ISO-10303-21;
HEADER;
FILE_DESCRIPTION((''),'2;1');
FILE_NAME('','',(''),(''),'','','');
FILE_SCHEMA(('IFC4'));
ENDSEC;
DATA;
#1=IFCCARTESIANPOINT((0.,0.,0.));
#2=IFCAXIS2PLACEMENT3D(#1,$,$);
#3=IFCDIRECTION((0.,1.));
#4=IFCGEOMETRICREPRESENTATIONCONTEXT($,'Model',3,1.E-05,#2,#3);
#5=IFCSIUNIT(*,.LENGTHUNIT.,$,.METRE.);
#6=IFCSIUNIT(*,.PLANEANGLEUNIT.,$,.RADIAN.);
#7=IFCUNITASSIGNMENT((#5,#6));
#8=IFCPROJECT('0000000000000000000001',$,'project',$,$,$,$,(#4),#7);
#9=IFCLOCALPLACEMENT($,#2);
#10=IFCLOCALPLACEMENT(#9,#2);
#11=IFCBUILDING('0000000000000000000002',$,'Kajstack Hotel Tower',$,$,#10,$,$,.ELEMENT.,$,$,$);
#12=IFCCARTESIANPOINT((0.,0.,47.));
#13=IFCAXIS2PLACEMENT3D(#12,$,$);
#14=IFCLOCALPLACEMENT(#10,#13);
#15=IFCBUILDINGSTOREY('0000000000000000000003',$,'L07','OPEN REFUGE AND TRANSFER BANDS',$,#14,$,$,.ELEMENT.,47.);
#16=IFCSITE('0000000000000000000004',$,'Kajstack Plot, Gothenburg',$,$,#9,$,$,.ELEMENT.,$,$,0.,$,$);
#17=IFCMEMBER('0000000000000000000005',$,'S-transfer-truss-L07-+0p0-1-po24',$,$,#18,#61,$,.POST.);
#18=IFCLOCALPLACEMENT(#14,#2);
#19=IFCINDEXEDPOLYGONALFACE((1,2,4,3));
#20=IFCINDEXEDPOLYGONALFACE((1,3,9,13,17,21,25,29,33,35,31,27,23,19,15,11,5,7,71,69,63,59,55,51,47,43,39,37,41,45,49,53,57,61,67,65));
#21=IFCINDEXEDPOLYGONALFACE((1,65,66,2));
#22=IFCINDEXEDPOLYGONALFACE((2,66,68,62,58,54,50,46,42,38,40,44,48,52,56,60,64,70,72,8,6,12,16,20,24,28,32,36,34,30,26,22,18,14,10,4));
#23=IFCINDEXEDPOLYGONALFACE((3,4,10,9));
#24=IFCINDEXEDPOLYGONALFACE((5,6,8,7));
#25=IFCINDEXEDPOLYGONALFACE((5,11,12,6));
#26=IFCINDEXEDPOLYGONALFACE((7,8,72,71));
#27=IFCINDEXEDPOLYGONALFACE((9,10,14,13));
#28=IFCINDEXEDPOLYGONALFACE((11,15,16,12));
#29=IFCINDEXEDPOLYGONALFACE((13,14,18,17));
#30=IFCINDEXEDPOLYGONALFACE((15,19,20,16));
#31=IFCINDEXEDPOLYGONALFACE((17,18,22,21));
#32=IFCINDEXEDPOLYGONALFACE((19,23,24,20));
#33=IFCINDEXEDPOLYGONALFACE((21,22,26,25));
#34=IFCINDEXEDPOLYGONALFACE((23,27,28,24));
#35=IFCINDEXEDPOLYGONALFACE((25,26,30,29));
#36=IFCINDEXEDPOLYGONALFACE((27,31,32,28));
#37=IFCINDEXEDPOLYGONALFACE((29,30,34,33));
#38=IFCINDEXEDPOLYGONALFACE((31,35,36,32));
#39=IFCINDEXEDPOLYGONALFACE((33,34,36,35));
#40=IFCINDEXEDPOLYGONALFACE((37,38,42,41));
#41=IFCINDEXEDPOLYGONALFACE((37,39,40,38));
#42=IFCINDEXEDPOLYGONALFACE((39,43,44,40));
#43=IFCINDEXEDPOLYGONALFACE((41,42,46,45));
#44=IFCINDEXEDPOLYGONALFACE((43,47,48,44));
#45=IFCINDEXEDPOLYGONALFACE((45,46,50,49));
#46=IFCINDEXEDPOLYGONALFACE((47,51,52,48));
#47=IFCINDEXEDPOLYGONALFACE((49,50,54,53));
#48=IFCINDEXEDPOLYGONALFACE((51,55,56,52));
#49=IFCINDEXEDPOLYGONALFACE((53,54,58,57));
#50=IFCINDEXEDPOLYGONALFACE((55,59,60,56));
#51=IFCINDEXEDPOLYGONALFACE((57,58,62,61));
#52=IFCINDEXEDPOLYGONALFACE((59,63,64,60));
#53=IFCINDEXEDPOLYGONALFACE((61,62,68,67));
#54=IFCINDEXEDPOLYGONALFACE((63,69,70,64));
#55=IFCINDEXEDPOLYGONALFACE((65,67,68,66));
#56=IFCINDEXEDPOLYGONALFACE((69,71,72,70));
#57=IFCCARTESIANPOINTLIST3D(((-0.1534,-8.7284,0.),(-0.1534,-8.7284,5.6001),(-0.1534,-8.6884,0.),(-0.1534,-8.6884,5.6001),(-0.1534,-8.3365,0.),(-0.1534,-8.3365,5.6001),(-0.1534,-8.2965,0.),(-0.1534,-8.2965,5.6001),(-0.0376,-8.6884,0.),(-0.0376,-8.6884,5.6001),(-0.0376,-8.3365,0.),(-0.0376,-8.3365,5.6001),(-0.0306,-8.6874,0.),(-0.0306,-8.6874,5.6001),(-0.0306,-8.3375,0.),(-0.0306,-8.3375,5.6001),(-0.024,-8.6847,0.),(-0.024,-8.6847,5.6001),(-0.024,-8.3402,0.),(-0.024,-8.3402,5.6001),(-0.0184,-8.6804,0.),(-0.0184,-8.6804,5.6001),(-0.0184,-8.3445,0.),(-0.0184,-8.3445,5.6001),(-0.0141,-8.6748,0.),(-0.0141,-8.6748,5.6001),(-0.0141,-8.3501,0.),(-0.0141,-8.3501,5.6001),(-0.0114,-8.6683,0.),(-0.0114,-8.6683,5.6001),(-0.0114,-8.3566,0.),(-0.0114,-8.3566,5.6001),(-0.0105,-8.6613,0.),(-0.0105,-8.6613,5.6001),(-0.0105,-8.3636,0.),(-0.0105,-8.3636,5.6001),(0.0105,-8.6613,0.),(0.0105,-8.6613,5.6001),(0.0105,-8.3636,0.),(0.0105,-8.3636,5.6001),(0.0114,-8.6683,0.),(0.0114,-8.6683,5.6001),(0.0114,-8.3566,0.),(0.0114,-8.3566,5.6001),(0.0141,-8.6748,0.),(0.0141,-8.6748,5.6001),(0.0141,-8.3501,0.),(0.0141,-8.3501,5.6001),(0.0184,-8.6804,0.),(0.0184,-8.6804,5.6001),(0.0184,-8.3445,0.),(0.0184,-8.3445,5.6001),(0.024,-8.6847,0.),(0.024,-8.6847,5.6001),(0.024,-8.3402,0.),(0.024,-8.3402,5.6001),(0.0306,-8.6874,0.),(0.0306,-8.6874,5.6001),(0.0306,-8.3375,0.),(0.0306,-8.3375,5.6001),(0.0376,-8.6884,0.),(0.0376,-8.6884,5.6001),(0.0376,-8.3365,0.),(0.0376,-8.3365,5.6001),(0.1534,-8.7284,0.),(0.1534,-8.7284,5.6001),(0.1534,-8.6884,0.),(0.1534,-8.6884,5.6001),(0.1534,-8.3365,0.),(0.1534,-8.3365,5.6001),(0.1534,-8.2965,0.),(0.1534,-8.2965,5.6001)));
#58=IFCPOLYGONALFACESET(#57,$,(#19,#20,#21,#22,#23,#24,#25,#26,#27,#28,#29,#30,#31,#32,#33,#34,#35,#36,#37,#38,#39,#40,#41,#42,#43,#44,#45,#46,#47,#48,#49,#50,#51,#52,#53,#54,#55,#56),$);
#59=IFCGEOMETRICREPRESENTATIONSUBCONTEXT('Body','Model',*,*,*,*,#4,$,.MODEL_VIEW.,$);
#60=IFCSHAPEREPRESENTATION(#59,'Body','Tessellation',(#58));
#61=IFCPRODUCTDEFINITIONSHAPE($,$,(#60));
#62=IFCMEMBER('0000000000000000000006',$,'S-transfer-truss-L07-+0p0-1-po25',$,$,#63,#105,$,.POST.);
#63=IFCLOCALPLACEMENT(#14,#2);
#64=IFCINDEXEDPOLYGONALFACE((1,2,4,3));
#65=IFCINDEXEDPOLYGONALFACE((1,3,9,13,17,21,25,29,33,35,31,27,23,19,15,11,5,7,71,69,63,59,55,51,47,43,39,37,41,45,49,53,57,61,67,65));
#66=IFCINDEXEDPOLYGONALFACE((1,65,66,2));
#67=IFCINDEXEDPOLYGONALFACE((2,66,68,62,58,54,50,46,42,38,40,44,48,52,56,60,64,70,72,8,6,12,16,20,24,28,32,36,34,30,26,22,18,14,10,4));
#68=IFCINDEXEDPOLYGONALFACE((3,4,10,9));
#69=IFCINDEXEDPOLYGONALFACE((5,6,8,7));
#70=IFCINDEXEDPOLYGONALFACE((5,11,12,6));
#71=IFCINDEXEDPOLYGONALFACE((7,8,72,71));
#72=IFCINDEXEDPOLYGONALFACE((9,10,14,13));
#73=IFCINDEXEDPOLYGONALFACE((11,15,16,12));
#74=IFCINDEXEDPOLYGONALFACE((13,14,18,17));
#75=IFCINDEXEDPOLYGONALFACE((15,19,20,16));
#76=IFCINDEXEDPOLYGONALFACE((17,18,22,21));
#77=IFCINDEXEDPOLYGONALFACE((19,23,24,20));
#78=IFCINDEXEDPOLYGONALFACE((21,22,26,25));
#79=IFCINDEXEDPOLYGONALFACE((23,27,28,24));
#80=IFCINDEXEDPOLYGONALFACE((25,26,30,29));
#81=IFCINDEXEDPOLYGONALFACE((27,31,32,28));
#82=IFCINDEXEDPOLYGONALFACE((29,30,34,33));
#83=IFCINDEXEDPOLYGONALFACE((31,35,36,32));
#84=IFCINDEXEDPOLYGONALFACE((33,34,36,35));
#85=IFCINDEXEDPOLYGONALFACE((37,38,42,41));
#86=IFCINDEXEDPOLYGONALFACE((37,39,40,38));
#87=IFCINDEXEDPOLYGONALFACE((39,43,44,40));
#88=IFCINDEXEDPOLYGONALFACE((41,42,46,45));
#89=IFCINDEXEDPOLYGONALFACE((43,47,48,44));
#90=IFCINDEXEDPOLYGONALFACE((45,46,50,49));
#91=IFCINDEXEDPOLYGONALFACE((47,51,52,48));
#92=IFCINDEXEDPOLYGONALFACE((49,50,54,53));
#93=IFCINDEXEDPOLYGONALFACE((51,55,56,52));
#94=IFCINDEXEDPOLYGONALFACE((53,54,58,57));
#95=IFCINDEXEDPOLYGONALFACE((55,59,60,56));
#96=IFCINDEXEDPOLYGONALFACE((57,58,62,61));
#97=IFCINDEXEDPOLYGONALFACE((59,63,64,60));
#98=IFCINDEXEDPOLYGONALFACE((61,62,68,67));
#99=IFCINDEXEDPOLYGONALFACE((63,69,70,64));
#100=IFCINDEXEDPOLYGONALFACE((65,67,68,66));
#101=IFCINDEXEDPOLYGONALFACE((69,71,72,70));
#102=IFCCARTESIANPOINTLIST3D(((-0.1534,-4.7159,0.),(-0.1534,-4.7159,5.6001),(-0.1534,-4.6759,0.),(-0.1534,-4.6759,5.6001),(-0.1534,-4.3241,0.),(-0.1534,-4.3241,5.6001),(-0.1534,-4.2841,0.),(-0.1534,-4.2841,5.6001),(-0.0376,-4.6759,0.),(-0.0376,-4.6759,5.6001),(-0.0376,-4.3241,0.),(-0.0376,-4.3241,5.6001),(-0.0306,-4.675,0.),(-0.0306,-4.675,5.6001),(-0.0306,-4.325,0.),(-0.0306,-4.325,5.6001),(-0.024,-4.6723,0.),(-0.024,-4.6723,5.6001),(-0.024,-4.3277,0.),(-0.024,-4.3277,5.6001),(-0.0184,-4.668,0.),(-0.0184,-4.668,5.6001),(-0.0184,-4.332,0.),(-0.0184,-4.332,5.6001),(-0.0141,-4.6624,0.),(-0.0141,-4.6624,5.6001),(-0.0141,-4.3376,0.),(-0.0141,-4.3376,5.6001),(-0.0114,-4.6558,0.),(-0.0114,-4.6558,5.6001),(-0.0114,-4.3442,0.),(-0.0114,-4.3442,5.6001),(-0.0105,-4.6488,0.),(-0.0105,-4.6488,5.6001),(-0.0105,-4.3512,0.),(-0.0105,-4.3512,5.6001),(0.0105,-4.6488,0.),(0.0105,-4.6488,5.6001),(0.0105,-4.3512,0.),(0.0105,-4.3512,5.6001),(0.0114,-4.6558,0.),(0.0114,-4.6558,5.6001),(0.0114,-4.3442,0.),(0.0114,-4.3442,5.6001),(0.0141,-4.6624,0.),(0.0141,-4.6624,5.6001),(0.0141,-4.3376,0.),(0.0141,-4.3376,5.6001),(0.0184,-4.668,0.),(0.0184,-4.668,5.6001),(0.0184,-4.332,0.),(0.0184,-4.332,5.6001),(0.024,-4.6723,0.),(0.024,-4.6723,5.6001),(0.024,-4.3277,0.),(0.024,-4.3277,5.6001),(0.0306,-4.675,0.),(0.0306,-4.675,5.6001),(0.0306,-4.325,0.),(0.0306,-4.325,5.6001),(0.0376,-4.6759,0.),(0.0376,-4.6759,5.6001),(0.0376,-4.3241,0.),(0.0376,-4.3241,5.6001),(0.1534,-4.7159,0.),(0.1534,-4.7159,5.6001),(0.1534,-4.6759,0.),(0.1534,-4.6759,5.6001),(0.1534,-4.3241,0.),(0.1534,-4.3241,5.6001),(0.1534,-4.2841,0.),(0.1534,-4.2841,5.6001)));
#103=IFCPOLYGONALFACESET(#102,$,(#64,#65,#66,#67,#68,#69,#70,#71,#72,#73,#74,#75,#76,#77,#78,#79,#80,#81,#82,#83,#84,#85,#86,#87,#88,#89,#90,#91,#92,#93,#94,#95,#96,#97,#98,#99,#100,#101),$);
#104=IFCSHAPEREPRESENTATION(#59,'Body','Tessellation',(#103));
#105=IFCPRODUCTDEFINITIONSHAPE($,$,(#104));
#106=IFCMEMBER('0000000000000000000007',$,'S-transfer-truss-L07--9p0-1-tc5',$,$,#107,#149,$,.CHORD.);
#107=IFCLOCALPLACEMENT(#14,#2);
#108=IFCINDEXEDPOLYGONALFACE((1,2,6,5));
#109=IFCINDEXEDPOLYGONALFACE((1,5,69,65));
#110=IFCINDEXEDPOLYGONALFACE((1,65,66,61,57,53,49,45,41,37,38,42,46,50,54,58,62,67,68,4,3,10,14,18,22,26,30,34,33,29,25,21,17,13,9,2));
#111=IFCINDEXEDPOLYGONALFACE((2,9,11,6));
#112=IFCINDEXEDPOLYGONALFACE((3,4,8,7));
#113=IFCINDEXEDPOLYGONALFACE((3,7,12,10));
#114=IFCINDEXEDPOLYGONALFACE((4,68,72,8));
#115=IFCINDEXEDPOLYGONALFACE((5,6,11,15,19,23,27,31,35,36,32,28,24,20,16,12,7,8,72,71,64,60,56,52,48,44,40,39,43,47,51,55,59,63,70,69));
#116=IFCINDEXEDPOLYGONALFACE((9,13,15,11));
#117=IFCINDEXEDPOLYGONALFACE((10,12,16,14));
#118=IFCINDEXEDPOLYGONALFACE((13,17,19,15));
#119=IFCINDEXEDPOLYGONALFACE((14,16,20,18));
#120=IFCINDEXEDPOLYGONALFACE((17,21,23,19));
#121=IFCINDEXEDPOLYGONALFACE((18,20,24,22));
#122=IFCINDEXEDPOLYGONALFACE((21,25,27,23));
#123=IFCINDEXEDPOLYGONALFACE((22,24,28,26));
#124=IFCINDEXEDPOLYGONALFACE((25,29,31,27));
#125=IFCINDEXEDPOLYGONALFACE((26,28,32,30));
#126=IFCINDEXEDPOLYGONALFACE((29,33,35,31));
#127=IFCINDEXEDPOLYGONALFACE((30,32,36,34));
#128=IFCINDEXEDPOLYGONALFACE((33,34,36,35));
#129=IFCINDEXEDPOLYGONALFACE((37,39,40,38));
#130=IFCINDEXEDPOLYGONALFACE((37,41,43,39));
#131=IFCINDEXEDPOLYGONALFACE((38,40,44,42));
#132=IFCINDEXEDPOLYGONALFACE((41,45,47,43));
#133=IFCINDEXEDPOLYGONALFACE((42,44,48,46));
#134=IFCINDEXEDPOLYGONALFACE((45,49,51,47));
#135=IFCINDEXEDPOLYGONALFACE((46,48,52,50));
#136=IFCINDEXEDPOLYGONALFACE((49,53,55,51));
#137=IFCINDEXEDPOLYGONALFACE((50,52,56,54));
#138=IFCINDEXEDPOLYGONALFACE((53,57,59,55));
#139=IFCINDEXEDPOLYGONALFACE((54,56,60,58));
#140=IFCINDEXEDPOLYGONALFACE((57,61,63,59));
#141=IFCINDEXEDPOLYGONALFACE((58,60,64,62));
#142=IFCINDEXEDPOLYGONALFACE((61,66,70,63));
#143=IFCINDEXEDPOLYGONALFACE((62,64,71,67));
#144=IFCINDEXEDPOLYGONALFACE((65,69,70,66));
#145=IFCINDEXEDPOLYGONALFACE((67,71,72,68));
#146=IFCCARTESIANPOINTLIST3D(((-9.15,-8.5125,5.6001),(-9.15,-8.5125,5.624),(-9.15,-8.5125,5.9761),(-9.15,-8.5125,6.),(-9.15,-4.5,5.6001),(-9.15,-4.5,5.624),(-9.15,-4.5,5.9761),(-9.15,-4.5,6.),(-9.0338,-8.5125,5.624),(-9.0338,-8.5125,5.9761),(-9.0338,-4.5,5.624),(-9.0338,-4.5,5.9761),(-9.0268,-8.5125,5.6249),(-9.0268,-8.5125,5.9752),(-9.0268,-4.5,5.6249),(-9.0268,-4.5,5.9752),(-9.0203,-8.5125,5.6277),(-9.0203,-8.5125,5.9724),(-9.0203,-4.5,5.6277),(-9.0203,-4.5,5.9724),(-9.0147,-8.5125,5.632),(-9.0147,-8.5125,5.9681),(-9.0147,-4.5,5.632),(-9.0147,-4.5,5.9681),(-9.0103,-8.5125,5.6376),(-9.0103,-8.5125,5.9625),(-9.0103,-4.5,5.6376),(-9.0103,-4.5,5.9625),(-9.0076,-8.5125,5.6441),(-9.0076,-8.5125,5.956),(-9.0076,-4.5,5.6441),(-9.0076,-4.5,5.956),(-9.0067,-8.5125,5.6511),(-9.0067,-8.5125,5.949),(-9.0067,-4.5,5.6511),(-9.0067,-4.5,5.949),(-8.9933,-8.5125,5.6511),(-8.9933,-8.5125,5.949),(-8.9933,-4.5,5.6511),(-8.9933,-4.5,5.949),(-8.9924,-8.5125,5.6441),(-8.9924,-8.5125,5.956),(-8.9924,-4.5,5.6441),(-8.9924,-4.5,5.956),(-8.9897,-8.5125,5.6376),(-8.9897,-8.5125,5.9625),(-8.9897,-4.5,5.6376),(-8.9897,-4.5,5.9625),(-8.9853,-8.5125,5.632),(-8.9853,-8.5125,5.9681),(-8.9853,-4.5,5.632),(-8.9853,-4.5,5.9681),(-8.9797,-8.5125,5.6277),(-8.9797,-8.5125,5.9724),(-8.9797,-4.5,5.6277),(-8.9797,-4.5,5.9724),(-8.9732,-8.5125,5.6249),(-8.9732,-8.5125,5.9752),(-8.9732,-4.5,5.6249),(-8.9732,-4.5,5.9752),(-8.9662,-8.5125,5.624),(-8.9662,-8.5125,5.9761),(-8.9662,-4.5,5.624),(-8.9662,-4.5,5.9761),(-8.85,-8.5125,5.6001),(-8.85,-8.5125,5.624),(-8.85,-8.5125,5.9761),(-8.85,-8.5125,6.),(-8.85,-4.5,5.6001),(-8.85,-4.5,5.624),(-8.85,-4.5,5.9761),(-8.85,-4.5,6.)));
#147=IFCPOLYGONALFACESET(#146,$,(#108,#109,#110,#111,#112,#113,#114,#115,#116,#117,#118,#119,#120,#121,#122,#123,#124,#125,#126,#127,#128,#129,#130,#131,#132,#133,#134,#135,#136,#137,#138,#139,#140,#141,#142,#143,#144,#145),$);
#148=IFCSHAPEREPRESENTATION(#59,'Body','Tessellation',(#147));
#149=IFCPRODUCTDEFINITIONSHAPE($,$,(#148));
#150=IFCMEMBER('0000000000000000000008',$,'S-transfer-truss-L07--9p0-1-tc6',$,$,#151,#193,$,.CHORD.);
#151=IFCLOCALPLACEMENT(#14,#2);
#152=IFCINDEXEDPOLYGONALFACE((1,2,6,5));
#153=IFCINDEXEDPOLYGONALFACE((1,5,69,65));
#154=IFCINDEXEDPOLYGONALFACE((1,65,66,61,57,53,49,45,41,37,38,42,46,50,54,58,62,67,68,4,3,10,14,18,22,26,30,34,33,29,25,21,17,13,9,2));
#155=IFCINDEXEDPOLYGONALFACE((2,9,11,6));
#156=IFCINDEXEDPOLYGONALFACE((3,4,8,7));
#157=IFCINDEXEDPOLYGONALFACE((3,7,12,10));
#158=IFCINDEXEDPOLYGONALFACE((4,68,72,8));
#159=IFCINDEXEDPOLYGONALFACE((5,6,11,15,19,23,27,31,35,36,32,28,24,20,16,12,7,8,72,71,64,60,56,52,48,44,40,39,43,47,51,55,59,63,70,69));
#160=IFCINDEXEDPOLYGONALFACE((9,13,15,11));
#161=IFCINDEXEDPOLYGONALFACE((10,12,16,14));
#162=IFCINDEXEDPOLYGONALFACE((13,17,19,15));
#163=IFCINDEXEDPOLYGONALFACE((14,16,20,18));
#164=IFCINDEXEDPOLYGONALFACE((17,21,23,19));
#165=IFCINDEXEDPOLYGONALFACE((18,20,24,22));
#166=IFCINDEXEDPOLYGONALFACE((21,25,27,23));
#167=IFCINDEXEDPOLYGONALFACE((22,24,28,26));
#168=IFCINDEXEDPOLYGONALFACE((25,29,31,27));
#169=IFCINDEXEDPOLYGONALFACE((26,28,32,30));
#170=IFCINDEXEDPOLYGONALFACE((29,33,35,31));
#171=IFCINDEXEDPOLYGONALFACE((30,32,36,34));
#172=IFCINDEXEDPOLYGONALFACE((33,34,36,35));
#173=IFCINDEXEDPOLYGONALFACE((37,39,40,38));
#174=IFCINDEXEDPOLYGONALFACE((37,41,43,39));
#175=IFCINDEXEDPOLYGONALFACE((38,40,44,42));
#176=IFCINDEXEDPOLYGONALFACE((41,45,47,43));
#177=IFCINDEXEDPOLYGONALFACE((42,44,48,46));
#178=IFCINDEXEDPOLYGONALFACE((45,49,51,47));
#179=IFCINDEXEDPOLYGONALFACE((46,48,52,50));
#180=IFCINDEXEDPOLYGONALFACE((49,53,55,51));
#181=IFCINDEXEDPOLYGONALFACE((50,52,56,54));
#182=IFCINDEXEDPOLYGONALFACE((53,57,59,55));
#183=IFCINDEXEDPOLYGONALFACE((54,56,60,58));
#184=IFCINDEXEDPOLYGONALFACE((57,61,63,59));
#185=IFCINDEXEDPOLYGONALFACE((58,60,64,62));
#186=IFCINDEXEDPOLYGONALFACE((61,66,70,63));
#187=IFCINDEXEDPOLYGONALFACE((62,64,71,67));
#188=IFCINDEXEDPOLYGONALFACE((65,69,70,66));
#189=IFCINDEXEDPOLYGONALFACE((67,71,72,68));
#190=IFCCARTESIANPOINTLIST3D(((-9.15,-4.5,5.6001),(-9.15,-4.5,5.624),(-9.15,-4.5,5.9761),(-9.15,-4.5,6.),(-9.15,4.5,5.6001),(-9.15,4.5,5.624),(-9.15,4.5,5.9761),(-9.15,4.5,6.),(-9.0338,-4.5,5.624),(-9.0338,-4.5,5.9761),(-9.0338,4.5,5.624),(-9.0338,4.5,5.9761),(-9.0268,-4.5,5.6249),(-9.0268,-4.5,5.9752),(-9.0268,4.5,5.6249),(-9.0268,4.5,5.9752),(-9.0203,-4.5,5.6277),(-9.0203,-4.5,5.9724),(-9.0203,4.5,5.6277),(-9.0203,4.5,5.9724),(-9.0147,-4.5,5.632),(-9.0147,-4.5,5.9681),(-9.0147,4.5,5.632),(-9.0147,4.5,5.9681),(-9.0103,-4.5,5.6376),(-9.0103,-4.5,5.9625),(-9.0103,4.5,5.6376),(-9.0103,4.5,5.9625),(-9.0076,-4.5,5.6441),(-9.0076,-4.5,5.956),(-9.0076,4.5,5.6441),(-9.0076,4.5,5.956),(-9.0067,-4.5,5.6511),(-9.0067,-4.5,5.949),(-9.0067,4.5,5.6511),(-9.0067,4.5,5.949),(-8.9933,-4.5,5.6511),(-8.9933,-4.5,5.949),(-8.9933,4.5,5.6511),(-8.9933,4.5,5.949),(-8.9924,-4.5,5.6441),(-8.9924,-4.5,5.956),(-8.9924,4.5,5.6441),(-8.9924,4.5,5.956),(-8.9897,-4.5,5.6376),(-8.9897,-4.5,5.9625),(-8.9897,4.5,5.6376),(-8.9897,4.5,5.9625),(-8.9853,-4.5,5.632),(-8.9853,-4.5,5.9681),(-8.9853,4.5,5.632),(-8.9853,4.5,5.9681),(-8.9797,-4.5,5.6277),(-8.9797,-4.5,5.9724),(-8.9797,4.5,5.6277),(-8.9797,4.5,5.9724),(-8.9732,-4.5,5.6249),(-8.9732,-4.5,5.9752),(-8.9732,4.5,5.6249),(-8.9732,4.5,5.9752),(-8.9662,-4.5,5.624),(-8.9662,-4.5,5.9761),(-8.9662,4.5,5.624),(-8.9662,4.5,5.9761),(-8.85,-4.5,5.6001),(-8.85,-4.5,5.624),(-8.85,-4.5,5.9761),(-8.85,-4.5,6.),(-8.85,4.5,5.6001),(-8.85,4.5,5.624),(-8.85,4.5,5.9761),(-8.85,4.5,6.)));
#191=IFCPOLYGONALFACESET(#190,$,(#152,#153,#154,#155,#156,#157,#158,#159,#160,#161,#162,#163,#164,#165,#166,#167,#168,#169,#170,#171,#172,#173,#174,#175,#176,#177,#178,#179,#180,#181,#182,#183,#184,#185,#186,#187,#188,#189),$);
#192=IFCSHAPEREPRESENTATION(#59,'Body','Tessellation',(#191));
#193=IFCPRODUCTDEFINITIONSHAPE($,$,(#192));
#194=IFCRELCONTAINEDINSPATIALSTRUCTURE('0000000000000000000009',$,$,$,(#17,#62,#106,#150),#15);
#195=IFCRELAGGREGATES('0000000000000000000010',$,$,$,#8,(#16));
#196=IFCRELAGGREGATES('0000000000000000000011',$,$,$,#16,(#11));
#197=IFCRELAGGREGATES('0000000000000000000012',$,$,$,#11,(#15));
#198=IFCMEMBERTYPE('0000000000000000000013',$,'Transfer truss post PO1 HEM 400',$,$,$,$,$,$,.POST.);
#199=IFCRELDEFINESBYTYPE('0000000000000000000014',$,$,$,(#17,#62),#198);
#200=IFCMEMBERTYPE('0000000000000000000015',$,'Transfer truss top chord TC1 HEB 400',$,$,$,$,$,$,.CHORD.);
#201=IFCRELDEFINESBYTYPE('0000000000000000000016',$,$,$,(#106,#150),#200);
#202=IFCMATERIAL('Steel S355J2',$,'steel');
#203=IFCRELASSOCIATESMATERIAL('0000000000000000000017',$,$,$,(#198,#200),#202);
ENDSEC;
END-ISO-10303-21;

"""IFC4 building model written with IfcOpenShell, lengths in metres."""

from ifc_helpers import new_model, si_unit, direction, frame, origin, origin_2d, place, context, subcontext, project, spatial, i_section, extrude, material, material_profile, profile_set, type_object, element, save


model = new_model("IFC4")

# Units and contexts
model_context = context("Model", 3, precision=1e-05, world=origin(), true_north=direction((0.0, 1.0)))
body_context = subcontext(model_context, "Body", "Model", "MODEL_VIEW")
ifc_project = project(units=[si_unit("LENGTHUNIT", "METRE"), si_unit("PLANEANGLEUNIT", "RADIAN")], contexts=[model_context])

# Site, building, storey
site_placement = place(None, origin())
site = spatial("IfcSite", under=ifc_project, at=site_placement, Name="Kajstack Plot, Gothenburg", CompositionType="ELEMENT", RefElevation=0.0)
building_placement = place(site_placement, origin())
building = spatial("IfcBuilding", under=site, at=building_placement, Name="Kajstack Hotel Tower", CompositionType="ELEMENT")
storey_placement = place(building_placement, frame((0.0, 0.0, 47.0)))
storey = spatial("IfcBuildingStorey", under=building, at=storey_placement, Name="L07", Description="OPEN REFUGE AND TRANSFER BANDS", CompositionType="ELEMENT", Elevation=47.0)

# Members
ifc_material_1 = material(Name="Steel S355J2", Category="steel")
ifc_material_profile_1 = material_profile(ifc_material_1, i_section(OverallWidth=0.3069, OverallDepth=0.4319, WebThickness=0.021, FlangeThickness=0.04, FilletRadius=0.0271, at=origin_2d()), Name="HEM 400")
ifc_profile_set_1 = profile_set([ifc_material_profile_1], Name="Steel S355J2")
member_type_1 = type_object("IfcMemberType", Name="Transfer truss post PO1 HEM 400", PredefinedType="POST", material=ifc_profile_set_1)
for number, where, z_axis, x_axis, name in (
    (1, (0.0, -8.5125, 0.0), (0.0, 0.0, 1.0), (1.0, 0.0, 0.0), "S-transfer-truss-L07-+0p0-1-po24"),
    (2, (0.0, -4.5, 0.0), (0.0, 0.0, 1.0), (1.0, 0.0, 0.0), "S-transfer-truss-L07-+0p0-1-po25"),
):
    element("IfcMember", number, at=place(storey_placement, frame(where, z_axis=z_axis, x_axis=x_axis)), inside=storey, type_object=member_type_1, Name=name, PredefinedType="POST", context=body_context, shape_type="SweptSolid", body=[
        extrude(i_section(OverallWidth=0.3069, OverallDepth=0.4319, WebThickness=0.021, FlangeThickness=0.04, FilletRadius=0.0271, at=origin_2d()), origin(), (0.0, 0.0, 1.0), 5.6001),
    ])
ifc_material_profile_2 = material_profile(ifc_material_1, i_section(OverallWidth=0.3, OverallDepth=0.3999, WebThickness=0.0134, FlangeThickness=0.0239, FilletRadius=0.0271, at=origin_2d()), Name="HEB 400")
ifc_profile_set_2 = profile_set([ifc_material_profile_2], Name="Steel S355J2")
member_type_2 = type_object("IfcMemberType", Name="Transfer truss top chord TC1 HEB 400", PredefinedType="CHORD", material=ifc_profile_set_2)
member_1_placement = place(storey_placement, frame((-9.0, -8.5125, 5.8), z_axis=(0.0, 1.0, 0.0), x_axis=(-1.0, 0.0, 0.0)))
element("IfcMember", 3, at=member_1_placement, inside=storey, type_object=member_type_2, Name="S-transfer-truss-L07--9p0-1-tc5", PredefinedType="CHORD", context=body_context, shape_type="SweptSolid", body=[
    extrude(i_section(OverallWidth=0.3, OverallDepth=0.3999, WebThickness=0.0134, FlangeThickness=0.0239, FilletRadius=0.0271, at=origin_2d()), origin(), (0.0, 0.0, 1.0), 4.0125),
])
member_2_placement = place(storey_placement, frame((-9.0, -4.5, 5.8), z_axis=(0.0, 1.0, 0.0), x_axis=(-1.0, 0.0, 0.0)))
element("IfcMember", 4, at=member_2_placement, inside=storey, type_object=member_type_2, Name="S-transfer-truss-L07--9p0-1-tc6", PredefinedType="CHORD", context=body_context, shape_type="SweptSolid", body=[
    extrude(i_section(OverallWidth=0.3, OverallDepth=0.3999, WebThickness=0.0134, FlangeThickness=0.0239, FilletRadius=0.0271, at=origin_2d()), origin(), (0.0, 0.0, 1.0), 9.0),
])

save(model, "model.ifc")
